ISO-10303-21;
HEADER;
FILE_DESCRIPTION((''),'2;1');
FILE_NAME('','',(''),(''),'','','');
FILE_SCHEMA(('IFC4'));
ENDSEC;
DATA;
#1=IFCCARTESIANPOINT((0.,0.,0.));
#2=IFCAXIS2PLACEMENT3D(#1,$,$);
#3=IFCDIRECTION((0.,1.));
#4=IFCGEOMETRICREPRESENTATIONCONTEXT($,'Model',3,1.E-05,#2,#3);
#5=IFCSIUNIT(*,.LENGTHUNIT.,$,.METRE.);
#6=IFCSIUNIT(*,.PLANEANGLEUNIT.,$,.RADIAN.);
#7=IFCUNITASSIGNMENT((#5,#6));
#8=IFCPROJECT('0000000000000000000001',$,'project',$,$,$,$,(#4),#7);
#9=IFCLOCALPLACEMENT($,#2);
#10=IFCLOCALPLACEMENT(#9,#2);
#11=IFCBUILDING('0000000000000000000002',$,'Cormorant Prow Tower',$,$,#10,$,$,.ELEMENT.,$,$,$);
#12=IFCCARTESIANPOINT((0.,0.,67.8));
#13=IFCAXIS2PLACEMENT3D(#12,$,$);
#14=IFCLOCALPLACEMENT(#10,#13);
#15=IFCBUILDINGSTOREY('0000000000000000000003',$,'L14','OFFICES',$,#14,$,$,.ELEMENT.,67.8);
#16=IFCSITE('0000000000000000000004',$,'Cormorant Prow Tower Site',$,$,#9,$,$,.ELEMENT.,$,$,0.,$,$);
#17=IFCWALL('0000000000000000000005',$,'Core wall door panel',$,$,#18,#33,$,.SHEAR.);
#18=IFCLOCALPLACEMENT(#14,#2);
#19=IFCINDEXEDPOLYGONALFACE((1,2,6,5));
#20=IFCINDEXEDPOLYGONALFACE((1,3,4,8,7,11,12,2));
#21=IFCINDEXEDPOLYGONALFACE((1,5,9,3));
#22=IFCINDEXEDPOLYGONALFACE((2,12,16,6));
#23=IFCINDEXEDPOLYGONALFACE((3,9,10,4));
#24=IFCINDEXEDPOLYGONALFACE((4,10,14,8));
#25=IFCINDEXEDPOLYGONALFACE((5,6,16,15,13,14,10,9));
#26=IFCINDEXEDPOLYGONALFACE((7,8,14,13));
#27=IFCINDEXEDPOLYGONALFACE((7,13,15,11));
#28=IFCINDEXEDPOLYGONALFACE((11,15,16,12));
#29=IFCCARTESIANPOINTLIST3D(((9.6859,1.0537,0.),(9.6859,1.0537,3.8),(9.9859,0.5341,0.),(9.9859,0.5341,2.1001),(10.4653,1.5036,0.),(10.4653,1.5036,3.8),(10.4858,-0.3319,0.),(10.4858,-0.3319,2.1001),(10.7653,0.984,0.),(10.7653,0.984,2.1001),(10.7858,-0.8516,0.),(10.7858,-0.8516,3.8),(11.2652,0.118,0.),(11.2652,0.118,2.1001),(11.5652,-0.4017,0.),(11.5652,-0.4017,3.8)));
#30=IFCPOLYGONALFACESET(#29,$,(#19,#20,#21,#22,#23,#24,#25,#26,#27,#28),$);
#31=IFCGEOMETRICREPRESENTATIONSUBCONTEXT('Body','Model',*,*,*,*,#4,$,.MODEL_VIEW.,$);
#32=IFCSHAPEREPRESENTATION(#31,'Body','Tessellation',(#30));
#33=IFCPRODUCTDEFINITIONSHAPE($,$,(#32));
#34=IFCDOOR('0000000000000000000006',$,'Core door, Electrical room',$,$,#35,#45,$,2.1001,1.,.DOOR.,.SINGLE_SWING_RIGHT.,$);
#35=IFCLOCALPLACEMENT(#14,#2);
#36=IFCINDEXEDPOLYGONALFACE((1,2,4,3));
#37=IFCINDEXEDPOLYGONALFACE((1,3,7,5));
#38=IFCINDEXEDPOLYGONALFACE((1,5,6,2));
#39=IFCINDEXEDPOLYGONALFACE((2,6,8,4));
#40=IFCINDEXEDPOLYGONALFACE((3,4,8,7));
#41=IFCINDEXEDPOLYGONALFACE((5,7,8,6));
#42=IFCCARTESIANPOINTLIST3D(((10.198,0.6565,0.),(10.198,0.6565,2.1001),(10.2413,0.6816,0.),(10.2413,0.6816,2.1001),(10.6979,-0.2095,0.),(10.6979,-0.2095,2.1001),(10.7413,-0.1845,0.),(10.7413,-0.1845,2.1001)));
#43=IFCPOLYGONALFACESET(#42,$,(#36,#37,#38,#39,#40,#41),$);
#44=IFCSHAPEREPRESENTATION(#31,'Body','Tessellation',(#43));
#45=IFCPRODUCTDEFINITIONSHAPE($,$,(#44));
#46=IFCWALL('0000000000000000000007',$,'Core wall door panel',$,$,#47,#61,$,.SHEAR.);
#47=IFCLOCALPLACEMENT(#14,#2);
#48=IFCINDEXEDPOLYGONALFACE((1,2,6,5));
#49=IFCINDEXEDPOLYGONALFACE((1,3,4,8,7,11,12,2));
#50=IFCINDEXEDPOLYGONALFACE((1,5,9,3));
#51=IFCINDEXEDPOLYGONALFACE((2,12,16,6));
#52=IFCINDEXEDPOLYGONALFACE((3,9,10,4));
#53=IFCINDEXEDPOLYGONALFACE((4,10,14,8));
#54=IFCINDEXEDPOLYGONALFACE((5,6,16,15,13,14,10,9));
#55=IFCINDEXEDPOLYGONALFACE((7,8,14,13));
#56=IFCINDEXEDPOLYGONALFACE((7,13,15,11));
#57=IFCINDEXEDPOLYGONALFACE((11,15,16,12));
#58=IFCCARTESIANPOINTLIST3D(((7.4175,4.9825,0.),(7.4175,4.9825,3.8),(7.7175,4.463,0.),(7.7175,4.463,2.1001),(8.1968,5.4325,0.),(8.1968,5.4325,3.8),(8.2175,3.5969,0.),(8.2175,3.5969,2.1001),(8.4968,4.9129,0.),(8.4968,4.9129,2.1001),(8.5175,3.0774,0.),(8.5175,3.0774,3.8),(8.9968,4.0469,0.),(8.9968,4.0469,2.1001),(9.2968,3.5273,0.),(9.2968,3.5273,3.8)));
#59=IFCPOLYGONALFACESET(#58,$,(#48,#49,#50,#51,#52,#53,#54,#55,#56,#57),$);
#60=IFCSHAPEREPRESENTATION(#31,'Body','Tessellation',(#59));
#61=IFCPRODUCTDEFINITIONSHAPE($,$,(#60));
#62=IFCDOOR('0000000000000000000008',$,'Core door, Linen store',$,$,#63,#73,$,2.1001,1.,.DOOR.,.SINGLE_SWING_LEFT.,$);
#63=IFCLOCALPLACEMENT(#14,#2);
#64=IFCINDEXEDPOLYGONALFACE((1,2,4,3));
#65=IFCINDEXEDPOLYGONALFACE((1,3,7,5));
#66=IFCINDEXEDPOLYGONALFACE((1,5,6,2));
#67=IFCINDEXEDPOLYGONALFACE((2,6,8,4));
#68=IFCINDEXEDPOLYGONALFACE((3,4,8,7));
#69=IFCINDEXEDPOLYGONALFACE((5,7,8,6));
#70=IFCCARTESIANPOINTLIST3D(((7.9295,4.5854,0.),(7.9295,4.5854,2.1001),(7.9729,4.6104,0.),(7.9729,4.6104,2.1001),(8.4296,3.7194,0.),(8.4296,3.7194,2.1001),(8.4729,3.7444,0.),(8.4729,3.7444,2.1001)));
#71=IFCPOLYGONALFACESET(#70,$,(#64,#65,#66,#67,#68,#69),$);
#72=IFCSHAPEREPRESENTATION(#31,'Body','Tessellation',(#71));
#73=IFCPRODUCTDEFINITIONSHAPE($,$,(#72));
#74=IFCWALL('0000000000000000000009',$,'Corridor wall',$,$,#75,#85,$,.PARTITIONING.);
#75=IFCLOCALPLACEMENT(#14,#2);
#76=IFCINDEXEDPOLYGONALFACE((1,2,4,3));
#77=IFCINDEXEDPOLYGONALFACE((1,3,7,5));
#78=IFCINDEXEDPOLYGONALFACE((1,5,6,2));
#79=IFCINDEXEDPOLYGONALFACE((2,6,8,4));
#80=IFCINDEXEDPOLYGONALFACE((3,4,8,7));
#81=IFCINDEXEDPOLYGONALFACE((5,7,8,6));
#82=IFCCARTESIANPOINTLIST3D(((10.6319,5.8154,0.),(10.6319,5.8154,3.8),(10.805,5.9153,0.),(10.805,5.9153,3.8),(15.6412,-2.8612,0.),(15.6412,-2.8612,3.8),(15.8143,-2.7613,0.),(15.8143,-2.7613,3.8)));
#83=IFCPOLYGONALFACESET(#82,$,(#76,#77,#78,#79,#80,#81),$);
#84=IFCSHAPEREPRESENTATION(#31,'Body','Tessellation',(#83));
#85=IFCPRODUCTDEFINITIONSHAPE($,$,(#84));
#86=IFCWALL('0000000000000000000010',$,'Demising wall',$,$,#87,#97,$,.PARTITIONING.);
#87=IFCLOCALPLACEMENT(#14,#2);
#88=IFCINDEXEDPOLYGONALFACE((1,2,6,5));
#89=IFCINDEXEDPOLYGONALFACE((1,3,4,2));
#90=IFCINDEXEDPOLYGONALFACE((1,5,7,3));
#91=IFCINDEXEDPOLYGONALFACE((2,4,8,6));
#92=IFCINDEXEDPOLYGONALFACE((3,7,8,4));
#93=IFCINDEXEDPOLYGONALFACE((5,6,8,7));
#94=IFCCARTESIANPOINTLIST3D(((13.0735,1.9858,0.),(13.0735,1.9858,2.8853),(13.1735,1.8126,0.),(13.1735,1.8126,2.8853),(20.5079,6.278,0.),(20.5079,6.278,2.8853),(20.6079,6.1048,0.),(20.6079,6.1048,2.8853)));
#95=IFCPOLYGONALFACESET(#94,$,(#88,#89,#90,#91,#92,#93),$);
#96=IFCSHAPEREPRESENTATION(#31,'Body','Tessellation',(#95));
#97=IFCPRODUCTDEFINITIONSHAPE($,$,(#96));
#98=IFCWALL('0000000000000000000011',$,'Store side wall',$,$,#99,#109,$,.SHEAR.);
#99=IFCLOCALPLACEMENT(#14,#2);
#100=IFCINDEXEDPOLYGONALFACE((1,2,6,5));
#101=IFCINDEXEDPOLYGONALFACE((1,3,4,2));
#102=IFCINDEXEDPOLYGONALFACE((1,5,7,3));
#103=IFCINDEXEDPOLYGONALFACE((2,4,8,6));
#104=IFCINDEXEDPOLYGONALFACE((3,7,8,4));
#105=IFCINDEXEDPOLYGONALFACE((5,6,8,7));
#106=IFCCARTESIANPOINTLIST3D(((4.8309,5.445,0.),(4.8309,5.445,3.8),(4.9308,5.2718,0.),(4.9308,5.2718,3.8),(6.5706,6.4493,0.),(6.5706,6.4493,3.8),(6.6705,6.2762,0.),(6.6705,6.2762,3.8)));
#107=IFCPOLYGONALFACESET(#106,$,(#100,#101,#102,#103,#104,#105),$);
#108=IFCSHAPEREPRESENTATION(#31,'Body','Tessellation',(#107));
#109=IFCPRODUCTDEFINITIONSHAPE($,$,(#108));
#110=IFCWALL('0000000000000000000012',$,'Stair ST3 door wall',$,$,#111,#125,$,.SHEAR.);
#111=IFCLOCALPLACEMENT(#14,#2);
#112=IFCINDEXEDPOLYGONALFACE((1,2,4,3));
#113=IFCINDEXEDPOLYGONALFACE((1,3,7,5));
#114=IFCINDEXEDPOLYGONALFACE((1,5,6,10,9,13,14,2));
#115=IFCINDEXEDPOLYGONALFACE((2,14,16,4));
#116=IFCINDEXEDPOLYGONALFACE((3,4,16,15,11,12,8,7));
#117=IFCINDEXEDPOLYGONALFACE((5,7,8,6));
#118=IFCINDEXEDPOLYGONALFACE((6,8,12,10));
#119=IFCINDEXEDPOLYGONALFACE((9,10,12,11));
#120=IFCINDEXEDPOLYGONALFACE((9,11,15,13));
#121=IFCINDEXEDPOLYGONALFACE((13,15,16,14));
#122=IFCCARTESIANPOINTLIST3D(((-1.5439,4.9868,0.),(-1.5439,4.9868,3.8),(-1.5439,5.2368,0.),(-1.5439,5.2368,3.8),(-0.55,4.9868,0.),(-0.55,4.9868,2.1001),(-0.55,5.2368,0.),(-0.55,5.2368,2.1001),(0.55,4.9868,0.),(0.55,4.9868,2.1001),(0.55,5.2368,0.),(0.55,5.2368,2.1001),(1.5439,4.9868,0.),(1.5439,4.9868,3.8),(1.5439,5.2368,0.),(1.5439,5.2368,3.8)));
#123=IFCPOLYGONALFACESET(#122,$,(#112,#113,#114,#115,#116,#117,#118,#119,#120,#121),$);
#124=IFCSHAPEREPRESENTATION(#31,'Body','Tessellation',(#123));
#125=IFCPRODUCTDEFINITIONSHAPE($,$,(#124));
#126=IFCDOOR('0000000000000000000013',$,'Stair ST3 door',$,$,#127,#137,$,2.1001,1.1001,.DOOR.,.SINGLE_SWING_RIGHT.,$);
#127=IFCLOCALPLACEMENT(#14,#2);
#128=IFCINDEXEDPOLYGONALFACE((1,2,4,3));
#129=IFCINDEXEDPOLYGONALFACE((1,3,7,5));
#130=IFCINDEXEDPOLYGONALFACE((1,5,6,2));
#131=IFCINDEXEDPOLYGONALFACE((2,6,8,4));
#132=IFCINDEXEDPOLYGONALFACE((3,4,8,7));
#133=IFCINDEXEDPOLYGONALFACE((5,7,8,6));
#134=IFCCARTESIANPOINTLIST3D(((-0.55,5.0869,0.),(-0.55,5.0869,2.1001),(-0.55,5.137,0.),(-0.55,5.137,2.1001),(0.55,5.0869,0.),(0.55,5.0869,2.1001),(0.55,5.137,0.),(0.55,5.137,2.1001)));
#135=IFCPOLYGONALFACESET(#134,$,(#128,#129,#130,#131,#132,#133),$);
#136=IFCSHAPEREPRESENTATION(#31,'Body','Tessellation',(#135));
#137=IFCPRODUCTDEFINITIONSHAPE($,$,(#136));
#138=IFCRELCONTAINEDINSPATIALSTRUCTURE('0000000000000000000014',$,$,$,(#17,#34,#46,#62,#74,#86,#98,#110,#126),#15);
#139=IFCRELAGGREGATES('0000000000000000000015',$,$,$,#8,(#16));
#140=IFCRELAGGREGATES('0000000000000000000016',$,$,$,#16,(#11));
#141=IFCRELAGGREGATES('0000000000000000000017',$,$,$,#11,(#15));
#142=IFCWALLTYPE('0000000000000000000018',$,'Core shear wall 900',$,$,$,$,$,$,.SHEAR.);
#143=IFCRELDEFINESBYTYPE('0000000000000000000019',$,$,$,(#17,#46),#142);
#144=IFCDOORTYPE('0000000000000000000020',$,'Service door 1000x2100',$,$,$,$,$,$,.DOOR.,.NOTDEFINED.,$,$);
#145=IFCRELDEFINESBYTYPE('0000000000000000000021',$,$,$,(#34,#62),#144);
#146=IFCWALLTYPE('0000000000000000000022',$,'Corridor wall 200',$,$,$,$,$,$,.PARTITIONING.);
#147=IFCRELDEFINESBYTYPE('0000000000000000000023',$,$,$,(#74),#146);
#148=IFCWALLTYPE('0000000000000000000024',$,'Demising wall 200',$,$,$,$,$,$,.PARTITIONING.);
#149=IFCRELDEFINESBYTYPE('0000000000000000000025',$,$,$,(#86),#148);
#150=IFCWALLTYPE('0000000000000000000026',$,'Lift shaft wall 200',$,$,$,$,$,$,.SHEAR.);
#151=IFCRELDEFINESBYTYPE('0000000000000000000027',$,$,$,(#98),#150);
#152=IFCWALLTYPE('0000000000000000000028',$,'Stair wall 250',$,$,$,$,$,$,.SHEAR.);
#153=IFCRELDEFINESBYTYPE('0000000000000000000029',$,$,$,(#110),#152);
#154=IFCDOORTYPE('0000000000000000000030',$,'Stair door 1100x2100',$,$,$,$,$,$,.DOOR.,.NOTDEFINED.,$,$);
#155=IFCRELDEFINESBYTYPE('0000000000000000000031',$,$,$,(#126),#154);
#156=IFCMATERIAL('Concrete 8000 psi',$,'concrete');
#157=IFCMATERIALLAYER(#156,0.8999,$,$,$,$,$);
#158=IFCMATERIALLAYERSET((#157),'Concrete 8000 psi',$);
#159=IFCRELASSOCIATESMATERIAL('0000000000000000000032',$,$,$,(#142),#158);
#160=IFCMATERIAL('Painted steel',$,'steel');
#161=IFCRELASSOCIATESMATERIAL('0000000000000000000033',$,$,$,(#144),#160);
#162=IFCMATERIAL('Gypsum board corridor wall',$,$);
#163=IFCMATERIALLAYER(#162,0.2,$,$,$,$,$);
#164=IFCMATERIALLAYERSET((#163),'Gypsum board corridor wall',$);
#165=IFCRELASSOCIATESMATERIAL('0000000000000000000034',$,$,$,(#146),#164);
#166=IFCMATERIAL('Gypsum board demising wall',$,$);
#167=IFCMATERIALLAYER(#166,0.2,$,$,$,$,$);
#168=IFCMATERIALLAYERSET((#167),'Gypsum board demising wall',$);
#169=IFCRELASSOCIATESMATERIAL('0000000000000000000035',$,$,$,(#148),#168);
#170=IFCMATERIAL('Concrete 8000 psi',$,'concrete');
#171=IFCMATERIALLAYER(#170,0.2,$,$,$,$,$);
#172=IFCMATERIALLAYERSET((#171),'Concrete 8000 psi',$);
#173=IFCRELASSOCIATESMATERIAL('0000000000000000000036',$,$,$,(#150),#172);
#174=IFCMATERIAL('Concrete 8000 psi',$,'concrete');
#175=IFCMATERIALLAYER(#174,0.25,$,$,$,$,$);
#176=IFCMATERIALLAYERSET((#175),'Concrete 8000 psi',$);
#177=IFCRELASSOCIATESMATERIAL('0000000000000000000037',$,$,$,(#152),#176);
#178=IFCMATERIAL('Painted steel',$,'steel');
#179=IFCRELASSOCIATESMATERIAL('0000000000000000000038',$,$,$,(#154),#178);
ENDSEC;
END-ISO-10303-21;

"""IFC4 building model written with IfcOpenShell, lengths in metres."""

from ifc_helpers import new_model, si_unit, direction, frame, frame_2d, origin, place, context, subcontext, project, spatial, rectangle, extrude, material, layer, layer_set, type_object, element, fill, save


model = new_model("IFC4")

# Units and contexts
model_context = context("Model", 3, precision=1e-05, world=origin(), true_north=direction((0.0, 1.0)))
body_context = subcontext(model_context, "Body", "Model", "MODEL_VIEW")
ifc_project = project(units=[si_unit("LENGTHUNIT", "METRE"), si_unit("PLANEANGLEUNIT", "RADIAN")], contexts=[model_context])

# Site, building, storey
site_placement = place(None, origin())
site = spatial("IfcSite", under=ifc_project, at=site_placement, Name="Cormorant Prow Tower Site", CompositionType="ELEMENT", RefElevation=0.0)
building_placement = place(site_placement, origin())
building = spatial("IfcBuilding", under=site, at=building_placement, Name="Cormorant Prow Tower", CompositionType="ELEMENT")
storey_placement = place(building_placement, frame((0.0, 0.0, 67.8)))
storey = spatial("IfcBuildingStorey", under=building, at=storey_placement, Name="L14", Description="OFFICES", CompositionType="ELEMENT", Elevation=67.8)

# Shared definitions
ifc_material_1 = material(Name="Concrete 8000 psi", Category="concrete")
ifc_layer_1 = layer(ifc_material_1, 0.8999)
ifc_layer_set_1 = layer_set([ifc_layer_1], Name="Concrete 8000 psi")
wall_type_1 = type_object("IfcWallType", Name="Core shear wall 900", PredefinedType="SHEAR", material=ifc_layer_set_1)

# Walls, openings, doors
wall_1_placement = place(storey_placement, frame((11.1755, -0.6267, 0.0), z_axis=(0.0, 0.0, 1.0), x_axis=(-0.499947, 0.866056, 0.0)))
wall_1 = element("IfcWall", 1, at=wall_1_placement, inside=storey, type_object=wall_type_1, Name="Core wall door panel", PredefinedType="SHEAR", context=body_context, shape_type="SweptSolid", body=[
    extrude(rectangle(XDim=2.2, YDim=0.8999, at=frame_2d((1.1001, 0.0))), origin(), (0.0, 0.0, 1.0), 3.8),
])
opening_1_placement = place(wall_1_placement, frame((0.6001, 0.0, 0.0)))
opening_1 = element("IfcOpeningElement", 2, at=opening_1_placement, cuts=wall_1, PredefinedType="OPENING", context=body_context, shape_type="SweptSolid", body=[
    extrude(rectangle(XDim=1.0, YDim=2.1001, at=frame_2d((0.5, 1.05))), frame((0.0, 0.46, 0.0), z_axis=(0.0, -1.0, 0.0), x_axis=(1.0, 0.0, 0.0)), (0.0, 0.0, 1.0), 0.9199),
])
ifc_material_2 = material(Name="Painted steel", Category="steel")
door_type_1 = type_object("IfcDoorType", Name="Service door 1000x2100", OperationType="NOTDEFINED", PredefinedType="DOOR", material=ifc_material_2)
door_1_placement = place(opening_1_placement, origin())
door_1 = element("IfcDoor", 3, at=door_1_placement, inside=storey, type_object=door_type_1, Name="Core door, Electrical room", OperationType="SINGLE_SWING_RIGHT", OverallHeight=2.1001, OverallWidth=1.0, PredefinedType="DOOR", context=body_context, shape_type="SweptSolid", body=[
    extrude(rectangle(XDim=1.0, YDim=2.1001, at=frame_2d((0.5, 1.05))), frame((0.0, 0.2051, 0.0), z_axis=(0.0, -1.0, 0.0), x_axis=(1.0, 0.0, 0.0)), (0.0, 0.0, 1.0), 0.05),
])
fill(opening_1, door_1)
wall_2_placement = place(storey_placement, frame((8.9072, 3.3022, 0.0), z_axis=(0.0, 0.0, 1.0), x_axis=(-0.50003, 0.866008, 0.0)))
wall_2 = element("IfcWall", 4, at=wall_2_placement, inside=storey, type_object=wall_type_1, Name="Core wall door panel", PredefinedType="SHEAR", context=body_context, shape_type="SweptSolid", body=[
    extrude(rectangle(XDim=2.2, YDim=0.8999, at=frame_2d((1.1001, 0.0))), origin(), (0.0, 0.0, 1.0), 3.8),
])
opening_2_placement = place(wall_2_placement, frame((0.6001, 0.0, 0.0)))
opening_2 = element("IfcOpeningElement", 5, at=opening_2_placement, cuts=wall_2, PredefinedType="OPENING", context=body_context, shape_type="SweptSolid", body=[
    extrude(rectangle(XDim=1.0, YDim=2.1001, at=frame_2d((0.5, 1.05))), frame((0.0, 0.46, 0.0), z_axis=(0.0, -1.0, 0.0), x_axis=(1.0, 0.0, 0.0)), (0.0, 0.0, 1.0), 0.9199),
])
door_2_placement = place(opening_2_placement, origin())
door_2 = element("IfcDoor", 6, at=door_2_placement, inside=storey, type_object=door_type_1, Name="Core door, Linen store", OperationType="SINGLE_SWING_LEFT", OverallHeight=2.1001, OverallWidth=1.0, PredefinedType="DOOR", context=body_context, shape_type="SweptSolid", body=[
    extrude(rectangle(XDim=1.0, YDim=2.1001, at=frame_2d((0.5, 1.05))), frame((0.0, 0.2051, 0.0), z_axis=(0.0, -1.0, 0.0), x_axis=(1.0, 0.0, 0.0)), (0.0, 0.0, 1.0), 0.05),
])
fill(opening_2, door_2)

# Walls
ifc_material_3 = material(Name="Gypsum board corridor wall")
ifc_layer_2 = layer(ifc_material_3, 0.2)
ifc_layer_set_2 = layer_set([ifc_layer_2], Name="Gypsum board corridor wall")
wall_type_2 = type_object("IfcWallType", Name="Corridor wall 200", PredefinedType="PARTITIONING", material=ifc_layer_set_2)
wall_3_placement = place(storey_placement, frame((10.7185, 5.8652, 0.0), z_axis=(0.0, 0.0, 1.0), x_axis=(0.499992, -0.86603, 0.0)))
element("IfcWall", 7, at=wall_3_placement, inside=storey, type_object=wall_type_2, Name="Corridor wall", PredefinedType="PARTITIONING", context=body_context, shape_type="SweptSolid", body=[
    extrude(rectangle(XDim=10.0188, YDim=0.2, at=frame_2d((5.0093, 0.0))), origin(), (0.0, 0.0, 1.0), 3.8),
])
ifc_material_4 = material(Name="Gypsum board demising wall")
ifc_layer_3 = layer(ifc_material_4, 0.2)
ifc_layer_set_3 = layer_set([ifc_layer_3], Name="Gypsum board demising wall")
wall_type_3 = type_object("IfcWallType", Name="Demising wall 200", PredefinedType="PARTITIONING", material=ifc_layer_set_3)
wall_4_placement = place(storey_placement, frame((13.1235, 1.8992, 0.0), z_axis=(0.0, 0.0, 1.0), x_axis=(0.866024, 0.500002, 0.0)))
element("IfcWall", 8, at=wall_4_placement, inside=storey, type_object=wall_type_3, Name="Demising wall", PredefinedType="PARTITIONING", context=body_context, shape_type="SweptSolid", body=[
    extrude(rectangle(XDim=8.5845, YDim=0.2, at=frame_2d((4.2922, 0.0))), origin(), (0.0, 0.0, 1.0), 2.8853),
])
ifc_material_5 = material(Name="Concrete 8000 psi", Category="concrete")
ifc_layer_4 = layer(ifc_material_5, 0.2)
ifc_layer_set_4 = layer_set([ifc_layer_4], Name="Concrete 8000 psi")
wall_type_4 = type_object("IfcWallType", Name="Lift shaft wall 200", PredefinedType="SHEAR", material=ifc_layer_set_4)
wall_5_placement = place(storey_placement, frame((4.8809, 5.3584, 0.0), z_axis=(0.0, 0.0, 1.0), x_axis=(0.866036, 0.499982, 0.0)))
element("IfcWall", 9, at=wall_5_placement, inside=storey, type_object=wall_type_4, Name="Store side wall", PredefinedType="SHEAR", context=body_context, shape_type="SweptSolid", body=[
    extrude(rectangle(XDim=2.0088, YDim=0.2, at=frame_2d((1.0044, 0.0))), origin(), (0.0, 0.0, 1.0), 3.8),
])

# Wall, opening, door
ifc_material_6 = material(Name="Concrete 8000 psi", Category="concrete")
ifc_layer_5 = layer(ifc_material_6, 0.25)
ifc_layer_set_5 = layer_set([ifc_layer_5], Name="Concrete 8000 psi")
wall_type_5 = type_object("IfcWallType", Name="Stair wall 250", PredefinedType="SHEAR", material=ifc_layer_set_5)
wall_6_placement = place(storey_placement, frame((1.5439, 5.1118, 0.0), z_axis=(0.0, 0.0, 1.0), x_axis=(-1.0, 0.0, 0.0)))
wall_6 = element("IfcWall", 10, at=wall_6_placement, inside=storey, type_object=wall_type_5, Name="Stair ST3 door wall", PredefinedType="SHEAR", context=body_context, shape_type="SweptSolid", body=[
    extrude(rectangle(XDim=3.0879, YDim=0.25, at=frame_2d((1.5439, 0.0))), origin(), (0.0, 0.0, 1.0), 3.8),
])
opening_3_placement = place(wall_6_placement, frame((0.9939, 0.0, 0.0)))
opening_3 = element("IfcOpeningElement", 11, at=opening_3_placement, cuts=wall_6, PredefinedType="OPENING", context=body_context, shape_type="SweptSolid", body=[
    extrude(rectangle(XDim=1.1001, YDim=2.1001, at=frame_2d((0.55, 1.05))), frame((0.0, 0.135, 0.0), z_axis=(0.0, -1.0, 0.0), x_axis=(1.0, 0.0, 0.0)), (0.0, 0.0, 1.0), 0.27),
])
ifc_material_7 = material(Name="Painted steel", Category="steel")
door_type_2 = type_object("IfcDoorType", Name="Stair door 1100x2100", OperationType="NOTDEFINED", PredefinedType="DOOR", material=ifc_material_7)
door_3_placement = place(opening_3_placement, origin())
door_3 = element("IfcDoor", 12, at=door_3_placement, inside=storey, type_object=door_type_2, Name="Stair ST3 door", OperationType="SINGLE_SWING_RIGHT", OverallHeight=2.1001, OverallWidth=1.1001, PredefinedType="DOOR", context=body_context, shape_type="SweptSolid", body=[
    extrude(rectangle(XDim=1.1001, YDim=2.1001, at=frame_2d((0.55, 1.05))), frame((0.0, 0.0249, 0.0), z_axis=(0.0, -1.0, 0.0), x_axis=(1.0, 0.0, 0.0)), (0.0, 0.0, 1.0), 0.05),
])
fill(opening_3, door_3)

save(model, "model.ifc")
